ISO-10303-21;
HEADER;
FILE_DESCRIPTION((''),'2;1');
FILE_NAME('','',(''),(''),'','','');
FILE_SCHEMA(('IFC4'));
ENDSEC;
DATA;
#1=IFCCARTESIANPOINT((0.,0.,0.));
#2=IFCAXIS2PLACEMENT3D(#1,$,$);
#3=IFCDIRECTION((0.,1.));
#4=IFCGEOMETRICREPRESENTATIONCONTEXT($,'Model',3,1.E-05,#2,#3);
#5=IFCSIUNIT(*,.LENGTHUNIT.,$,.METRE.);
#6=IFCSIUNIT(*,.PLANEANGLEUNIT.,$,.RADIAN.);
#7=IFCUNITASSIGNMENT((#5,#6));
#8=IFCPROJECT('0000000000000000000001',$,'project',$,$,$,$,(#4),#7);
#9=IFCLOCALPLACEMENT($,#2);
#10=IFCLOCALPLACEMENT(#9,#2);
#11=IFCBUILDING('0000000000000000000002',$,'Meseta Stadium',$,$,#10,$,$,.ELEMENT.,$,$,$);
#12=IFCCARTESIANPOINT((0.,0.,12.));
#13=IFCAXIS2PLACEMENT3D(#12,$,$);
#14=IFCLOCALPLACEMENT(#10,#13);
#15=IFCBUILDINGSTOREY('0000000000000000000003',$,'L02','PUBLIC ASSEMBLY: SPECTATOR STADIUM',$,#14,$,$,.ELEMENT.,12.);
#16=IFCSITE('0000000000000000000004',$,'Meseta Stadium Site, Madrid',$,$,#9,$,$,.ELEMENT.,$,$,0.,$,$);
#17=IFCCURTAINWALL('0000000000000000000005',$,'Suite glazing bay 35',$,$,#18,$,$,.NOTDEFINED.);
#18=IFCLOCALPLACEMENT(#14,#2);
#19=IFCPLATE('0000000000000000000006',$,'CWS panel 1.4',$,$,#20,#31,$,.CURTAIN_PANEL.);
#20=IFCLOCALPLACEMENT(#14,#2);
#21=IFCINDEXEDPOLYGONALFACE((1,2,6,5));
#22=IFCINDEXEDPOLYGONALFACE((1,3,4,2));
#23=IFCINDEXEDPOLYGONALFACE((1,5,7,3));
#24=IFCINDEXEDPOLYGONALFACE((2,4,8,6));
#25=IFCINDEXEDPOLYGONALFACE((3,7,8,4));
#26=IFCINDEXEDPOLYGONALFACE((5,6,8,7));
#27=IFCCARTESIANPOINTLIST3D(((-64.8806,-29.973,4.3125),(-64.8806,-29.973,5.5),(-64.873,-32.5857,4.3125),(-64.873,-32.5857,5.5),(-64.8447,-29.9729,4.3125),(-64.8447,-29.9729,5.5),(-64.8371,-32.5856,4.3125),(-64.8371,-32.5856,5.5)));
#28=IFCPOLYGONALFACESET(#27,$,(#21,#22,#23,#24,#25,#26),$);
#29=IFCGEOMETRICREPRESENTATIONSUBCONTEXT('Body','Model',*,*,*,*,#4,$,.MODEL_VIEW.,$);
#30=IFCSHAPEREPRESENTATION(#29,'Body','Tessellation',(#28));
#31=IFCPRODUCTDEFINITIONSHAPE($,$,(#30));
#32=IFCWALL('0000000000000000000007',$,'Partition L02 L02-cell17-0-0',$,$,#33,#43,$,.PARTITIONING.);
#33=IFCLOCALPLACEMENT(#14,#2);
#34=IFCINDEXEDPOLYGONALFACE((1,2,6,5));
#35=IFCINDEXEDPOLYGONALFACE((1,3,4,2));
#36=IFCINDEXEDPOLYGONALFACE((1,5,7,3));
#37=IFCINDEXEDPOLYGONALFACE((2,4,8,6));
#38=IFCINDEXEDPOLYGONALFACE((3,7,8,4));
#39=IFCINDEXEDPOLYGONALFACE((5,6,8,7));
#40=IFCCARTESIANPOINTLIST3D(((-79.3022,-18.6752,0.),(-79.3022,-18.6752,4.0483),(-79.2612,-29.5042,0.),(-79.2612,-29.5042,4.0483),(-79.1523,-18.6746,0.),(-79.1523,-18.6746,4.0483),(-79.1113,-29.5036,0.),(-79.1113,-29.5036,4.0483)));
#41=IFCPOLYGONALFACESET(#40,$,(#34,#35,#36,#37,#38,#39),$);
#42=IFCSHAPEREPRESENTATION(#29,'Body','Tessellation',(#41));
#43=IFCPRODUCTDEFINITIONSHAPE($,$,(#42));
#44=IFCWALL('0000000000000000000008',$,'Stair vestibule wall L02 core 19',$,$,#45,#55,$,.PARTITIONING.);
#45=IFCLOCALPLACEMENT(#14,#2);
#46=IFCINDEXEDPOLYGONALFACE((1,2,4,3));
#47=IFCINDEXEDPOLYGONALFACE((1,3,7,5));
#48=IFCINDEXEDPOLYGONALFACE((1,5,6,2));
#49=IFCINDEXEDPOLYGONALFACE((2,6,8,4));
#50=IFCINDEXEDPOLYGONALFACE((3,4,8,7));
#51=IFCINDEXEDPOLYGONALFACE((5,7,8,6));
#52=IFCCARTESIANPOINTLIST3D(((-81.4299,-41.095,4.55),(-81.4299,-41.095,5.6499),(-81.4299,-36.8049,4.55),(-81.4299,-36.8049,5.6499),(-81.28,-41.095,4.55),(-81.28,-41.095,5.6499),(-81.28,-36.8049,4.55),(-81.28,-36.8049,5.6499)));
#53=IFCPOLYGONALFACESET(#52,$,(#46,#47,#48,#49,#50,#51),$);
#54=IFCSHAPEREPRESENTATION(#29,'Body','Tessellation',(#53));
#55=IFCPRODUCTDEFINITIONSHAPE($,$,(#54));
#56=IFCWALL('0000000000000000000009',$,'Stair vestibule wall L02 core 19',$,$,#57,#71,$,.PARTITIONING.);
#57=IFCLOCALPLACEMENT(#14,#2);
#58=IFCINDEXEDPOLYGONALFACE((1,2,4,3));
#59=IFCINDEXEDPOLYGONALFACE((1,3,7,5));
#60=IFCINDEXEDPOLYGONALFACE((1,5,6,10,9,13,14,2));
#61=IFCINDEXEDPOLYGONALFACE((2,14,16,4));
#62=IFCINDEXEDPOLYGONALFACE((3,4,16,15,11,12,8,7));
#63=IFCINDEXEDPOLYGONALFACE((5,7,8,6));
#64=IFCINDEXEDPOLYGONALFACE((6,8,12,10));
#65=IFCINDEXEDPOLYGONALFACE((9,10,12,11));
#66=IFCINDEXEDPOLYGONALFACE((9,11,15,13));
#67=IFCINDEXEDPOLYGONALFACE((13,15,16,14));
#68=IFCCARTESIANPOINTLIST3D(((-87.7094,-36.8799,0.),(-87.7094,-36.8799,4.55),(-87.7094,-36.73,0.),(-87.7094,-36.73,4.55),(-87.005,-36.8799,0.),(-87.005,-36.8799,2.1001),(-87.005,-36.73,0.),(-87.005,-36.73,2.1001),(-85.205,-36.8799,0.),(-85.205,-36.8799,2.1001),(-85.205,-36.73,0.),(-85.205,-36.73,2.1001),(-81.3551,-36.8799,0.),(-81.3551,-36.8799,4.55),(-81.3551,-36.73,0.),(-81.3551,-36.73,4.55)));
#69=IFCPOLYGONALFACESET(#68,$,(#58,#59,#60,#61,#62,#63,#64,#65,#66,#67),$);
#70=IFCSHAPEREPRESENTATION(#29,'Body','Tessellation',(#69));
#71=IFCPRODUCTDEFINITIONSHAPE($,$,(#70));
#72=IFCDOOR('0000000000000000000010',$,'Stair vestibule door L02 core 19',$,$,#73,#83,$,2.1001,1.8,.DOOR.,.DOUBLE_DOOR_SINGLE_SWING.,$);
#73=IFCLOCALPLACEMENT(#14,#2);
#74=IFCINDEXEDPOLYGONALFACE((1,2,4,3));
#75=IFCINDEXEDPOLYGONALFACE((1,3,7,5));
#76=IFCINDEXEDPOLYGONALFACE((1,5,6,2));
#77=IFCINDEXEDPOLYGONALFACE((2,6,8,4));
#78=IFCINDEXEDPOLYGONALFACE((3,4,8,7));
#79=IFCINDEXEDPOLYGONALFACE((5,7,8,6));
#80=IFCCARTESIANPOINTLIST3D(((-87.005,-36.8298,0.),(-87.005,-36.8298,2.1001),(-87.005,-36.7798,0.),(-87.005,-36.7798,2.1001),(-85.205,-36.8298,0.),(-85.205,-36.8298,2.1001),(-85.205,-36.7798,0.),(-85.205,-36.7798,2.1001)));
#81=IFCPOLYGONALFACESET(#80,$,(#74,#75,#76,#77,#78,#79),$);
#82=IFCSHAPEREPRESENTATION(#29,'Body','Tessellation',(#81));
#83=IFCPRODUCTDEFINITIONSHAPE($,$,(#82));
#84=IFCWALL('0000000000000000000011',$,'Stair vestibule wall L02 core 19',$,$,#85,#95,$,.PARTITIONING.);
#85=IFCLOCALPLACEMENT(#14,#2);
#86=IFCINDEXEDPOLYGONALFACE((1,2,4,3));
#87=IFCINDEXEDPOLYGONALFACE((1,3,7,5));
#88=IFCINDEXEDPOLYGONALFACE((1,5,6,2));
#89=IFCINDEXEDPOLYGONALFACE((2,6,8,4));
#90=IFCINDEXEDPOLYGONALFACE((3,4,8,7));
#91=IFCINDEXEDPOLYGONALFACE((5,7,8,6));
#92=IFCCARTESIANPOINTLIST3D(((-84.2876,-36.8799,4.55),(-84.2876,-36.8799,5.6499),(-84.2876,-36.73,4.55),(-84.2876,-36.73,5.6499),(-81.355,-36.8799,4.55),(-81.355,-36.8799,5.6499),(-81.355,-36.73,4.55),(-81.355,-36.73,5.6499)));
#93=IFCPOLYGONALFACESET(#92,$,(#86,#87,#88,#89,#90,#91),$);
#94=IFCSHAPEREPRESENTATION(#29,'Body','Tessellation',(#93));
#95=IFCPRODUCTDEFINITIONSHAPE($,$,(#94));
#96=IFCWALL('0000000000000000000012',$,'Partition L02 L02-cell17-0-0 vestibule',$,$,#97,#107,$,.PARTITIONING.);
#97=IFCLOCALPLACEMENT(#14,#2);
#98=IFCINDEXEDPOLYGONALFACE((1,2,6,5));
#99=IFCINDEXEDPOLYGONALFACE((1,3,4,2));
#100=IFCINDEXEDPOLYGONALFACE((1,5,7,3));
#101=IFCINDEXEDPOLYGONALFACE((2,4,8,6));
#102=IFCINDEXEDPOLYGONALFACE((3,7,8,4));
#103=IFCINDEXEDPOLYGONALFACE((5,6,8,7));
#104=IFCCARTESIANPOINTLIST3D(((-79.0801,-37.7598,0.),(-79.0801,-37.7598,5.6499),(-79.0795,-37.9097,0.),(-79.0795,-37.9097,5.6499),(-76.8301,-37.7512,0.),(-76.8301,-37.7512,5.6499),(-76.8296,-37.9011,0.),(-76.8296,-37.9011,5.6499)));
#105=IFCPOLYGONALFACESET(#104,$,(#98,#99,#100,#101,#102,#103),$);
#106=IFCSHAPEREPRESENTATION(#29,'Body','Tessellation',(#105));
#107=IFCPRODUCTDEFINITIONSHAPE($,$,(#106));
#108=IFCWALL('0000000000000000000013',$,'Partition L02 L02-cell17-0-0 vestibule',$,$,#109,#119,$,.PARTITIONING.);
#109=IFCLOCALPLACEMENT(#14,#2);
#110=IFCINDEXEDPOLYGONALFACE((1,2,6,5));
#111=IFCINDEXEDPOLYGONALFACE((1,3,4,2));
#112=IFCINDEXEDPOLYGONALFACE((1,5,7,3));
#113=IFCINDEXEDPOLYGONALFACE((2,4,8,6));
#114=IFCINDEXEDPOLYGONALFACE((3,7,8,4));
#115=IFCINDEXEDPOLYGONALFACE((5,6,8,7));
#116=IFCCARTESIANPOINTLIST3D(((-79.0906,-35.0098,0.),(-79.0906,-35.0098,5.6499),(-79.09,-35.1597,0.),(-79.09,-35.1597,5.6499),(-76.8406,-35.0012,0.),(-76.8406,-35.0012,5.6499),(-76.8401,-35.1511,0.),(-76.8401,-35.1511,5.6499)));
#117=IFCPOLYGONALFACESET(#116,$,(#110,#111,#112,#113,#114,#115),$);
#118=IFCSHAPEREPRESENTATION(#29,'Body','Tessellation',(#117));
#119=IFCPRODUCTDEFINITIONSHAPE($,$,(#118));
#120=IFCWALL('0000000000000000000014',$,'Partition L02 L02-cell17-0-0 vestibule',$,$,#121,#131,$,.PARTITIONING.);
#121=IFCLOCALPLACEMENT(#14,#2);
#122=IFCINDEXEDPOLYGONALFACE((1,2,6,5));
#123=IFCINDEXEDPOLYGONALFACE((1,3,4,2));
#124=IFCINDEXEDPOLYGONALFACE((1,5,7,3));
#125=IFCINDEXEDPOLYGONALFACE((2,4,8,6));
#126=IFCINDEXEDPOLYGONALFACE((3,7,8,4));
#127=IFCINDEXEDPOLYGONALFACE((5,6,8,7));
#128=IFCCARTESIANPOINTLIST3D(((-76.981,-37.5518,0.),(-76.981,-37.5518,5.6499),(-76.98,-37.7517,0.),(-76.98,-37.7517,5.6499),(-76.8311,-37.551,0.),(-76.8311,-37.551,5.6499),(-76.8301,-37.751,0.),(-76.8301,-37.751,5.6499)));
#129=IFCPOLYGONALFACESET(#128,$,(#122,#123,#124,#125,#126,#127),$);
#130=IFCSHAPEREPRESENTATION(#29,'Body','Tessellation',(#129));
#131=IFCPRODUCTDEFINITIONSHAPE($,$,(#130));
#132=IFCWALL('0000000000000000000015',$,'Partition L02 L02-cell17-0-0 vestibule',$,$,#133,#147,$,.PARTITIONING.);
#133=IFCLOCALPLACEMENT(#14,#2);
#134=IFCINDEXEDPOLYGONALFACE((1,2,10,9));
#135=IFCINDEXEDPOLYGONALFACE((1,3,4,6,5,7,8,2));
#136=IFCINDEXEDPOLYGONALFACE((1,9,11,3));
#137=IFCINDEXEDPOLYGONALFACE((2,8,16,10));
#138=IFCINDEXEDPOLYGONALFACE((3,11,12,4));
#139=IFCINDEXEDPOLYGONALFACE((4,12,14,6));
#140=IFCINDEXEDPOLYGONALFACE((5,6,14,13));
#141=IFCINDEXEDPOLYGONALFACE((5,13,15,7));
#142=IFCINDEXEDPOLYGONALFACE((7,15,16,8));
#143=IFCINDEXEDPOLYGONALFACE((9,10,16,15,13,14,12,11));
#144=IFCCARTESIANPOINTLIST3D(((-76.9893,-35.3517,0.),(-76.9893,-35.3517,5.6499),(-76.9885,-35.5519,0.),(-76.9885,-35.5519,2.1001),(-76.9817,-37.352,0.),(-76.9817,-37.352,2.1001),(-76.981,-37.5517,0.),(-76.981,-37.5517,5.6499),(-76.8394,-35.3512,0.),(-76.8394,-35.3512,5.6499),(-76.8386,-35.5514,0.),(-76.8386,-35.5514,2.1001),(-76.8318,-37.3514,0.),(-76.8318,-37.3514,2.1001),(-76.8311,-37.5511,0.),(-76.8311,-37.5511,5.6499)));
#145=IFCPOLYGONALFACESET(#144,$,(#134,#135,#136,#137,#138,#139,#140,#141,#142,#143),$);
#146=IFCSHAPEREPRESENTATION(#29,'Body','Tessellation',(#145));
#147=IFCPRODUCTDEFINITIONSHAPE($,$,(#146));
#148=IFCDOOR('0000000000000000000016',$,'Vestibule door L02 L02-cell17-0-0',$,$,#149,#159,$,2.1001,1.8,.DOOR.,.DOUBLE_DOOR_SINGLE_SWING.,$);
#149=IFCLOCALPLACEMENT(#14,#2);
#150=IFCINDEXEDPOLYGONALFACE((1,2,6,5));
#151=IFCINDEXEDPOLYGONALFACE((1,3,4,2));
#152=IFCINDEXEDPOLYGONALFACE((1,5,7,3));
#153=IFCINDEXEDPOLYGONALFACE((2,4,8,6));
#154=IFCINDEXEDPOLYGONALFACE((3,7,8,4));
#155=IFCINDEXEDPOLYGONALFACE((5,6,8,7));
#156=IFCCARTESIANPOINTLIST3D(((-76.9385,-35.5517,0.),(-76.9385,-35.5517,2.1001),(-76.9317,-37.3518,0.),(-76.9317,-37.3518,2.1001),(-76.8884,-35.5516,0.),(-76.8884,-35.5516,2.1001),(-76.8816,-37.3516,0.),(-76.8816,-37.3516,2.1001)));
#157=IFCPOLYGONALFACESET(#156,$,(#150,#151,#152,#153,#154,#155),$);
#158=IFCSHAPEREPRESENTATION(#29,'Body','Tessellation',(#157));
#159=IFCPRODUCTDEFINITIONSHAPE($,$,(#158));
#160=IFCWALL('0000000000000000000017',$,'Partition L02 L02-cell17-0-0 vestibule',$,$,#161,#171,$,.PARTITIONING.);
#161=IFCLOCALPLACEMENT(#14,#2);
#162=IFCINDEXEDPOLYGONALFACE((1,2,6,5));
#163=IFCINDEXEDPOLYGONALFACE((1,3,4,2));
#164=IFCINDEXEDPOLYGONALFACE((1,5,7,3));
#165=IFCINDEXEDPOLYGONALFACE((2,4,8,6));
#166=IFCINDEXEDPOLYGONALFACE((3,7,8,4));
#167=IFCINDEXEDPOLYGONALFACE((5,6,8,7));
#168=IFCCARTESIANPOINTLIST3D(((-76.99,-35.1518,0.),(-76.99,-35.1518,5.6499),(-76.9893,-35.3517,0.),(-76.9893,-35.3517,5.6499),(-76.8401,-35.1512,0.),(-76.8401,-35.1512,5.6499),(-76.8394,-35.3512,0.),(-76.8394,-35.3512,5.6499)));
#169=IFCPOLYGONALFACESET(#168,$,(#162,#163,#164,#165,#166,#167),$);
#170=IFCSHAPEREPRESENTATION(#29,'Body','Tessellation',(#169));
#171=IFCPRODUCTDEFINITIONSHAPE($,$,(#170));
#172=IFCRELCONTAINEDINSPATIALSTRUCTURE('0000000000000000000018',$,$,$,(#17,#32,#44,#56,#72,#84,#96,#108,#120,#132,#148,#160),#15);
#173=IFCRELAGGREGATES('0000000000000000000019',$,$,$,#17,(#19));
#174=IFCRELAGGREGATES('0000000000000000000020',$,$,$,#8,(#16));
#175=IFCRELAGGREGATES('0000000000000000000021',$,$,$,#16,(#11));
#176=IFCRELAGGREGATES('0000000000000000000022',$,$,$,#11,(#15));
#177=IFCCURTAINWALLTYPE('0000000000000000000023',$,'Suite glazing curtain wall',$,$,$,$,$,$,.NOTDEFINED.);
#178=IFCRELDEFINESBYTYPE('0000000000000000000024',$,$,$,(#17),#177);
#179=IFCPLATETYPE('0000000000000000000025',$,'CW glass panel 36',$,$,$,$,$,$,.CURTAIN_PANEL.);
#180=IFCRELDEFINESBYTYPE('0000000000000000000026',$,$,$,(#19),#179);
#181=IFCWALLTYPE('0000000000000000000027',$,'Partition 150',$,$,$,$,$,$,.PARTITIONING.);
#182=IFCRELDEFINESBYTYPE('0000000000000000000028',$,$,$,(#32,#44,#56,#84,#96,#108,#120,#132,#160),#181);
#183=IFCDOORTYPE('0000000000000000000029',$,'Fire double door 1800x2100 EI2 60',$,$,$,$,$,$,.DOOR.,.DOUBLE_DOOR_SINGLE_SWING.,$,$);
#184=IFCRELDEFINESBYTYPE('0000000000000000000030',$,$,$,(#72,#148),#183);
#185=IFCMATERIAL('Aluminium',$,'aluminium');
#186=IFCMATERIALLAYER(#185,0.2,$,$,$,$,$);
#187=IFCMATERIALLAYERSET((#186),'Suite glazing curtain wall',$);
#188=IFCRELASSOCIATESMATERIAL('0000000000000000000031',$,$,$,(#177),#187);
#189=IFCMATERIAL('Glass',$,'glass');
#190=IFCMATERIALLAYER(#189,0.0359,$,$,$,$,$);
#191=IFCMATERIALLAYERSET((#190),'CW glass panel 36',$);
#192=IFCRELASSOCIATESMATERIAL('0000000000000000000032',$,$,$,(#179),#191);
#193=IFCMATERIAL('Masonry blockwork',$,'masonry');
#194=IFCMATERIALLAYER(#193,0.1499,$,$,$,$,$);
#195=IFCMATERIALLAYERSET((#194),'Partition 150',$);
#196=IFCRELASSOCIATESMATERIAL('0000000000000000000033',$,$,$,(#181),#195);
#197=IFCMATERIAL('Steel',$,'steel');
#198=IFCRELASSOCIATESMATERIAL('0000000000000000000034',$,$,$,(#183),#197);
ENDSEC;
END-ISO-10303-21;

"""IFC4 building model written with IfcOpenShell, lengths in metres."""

from ifc_helpers import new_model, si_unit, direction, frame, frame_2d, origin, origin_2d, place, context, subcontext, project, spatial, rectangle, extrude, material, layer, layer_set, type_object, element, fill, aggregate, save


model = new_model("IFC4")

# Units and contexts
model_context = context("Model", 3, precision=1e-05, world=origin(), true_north=direction((0.0, 1.0)))
body_context = subcontext(model_context, "Body", "Model", "MODEL_VIEW")
ifc_project = project(units=[si_unit("LENGTHUNIT", "METRE"), si_unit("PLANEANGLEUNIT", "RADIAN")], contexts=[model_context])

# Site, building, storey
site_placement = place(None, origin())
site = spatial("IfcSite", under=ifc_project, at=site_placement, Name="Meseta Stadium Site, Madrid", CompositionType="ELEMENT", RefElevation=0.0)
building_placement = place(site_placement, origin())
building = spatial("IfcBuilding", under=site, at=building_placement, Name="Meseta Stadium", CompositionType="ELEMENT")
storey_placement = place(building_placement, frame((0.0, 0.0, 12.0)))
storey = spatial("IfcBuildingStorey", under=building, at=storey_placement, Name="L02", Description="PUBLIC ASSEMBLY: SPECTATOR STADIUM", CompositionType="ELEMENT", Elevation=12.0)

# Shared definitions
ifc_material_1 = material(Name="Aluminium", Category="aluminium")
ifc_layer_1 = layer(ifc_material_1, 0.2)
ifc_layer_set_1 = layer_set([ifc_layer_1], Name="Suite glazing curtain wall")
curtain_wall_type = type_object("IfcCurtainWallType", Name="Suite glazing curtain wall", PredefinedType="NOTDEFINED", material=ifc_layer_set_1)

# Curtain wall
curtain_wall_1_placement = place(storey_placement, origin())
curtain_wall_1 = element("IfcCurtainWall", 1, at=curtain_wall_1_placement, inside=storey, type_object=curtain_wall_type, Name="Suite glazing bay 35", PredefinedType="NOTDEFINED")

# Plate
ifc_material_2 = material(Name="Glass", Category="glass")
ifc_layer_2 = layer(ifc_material_2, 0.0359)
ifc_layer_set_2 = layer_set([ifc_layer_2], Name="CW glass panel 36")
plate_type = type_object("IfcPlateType", Name="CW glass panel 36", PredefinedType="CURTAIN_PANEL", material=ifc_layer_set_2)
plate_1_placement = place(storey_placement, frame((-64.8589, -31.2793, 4.3125), z_axis=(0.0, 0.0, 1.0), x_axis=(0.00291, -0.999996, 0.0)))
plate_1 = element("IfcPlate", 2, at=plate_1_placement, type_object=plate_type, Name="CWS panel 1.4", PredefinedType="CURTAIN_PANEL", context=body_context, shape_type="SweptSolid", body=[
    extrude(rectangle(XDim=2.6128, YDim=0.0359, at=origin_2d()), origin(), (0.0, 0.0, 1.0), 1.1875),
])
aggregate(curtain_wall_1, [plate_1])

# Walls
ifc_material_3 = material(Name="Masonry blockwork", Category="masonry")
ifc_layer_3 = layer(ifc_material_3, 0.1499)
ifc_layer_set_3 = layer_set([ifc_layer_3], Name="Partition 150")
wall_type = type_object("IfcWallType", Name="Partition 150", PredefinedType="PARTITIONING", material=ifc_layer_set_3)
wall_1_placement = place(storey_placement, frame((-79.1863, -29.5039, 0.0), z_axis=(0.0, 0.0, 1.0), x_axis=(-0.003788, 0.999993, 0.0)))
element("IfcWall", 3, at=wall_1_placement, inside=storey, type_object=wall_type, Name="Partition L02 L02-cell17-0-0", PredefinedType="PARTITIONING", context=body_context, shape_type="SweptSolid", body=[
    extrude(rectangle(XDim=10.8291, YDim=0.1499, at=frame_2d((5.4146, 0.0))), origin(), (0.0, 0.0, 1.0), 4.0483),
])
wall_2_placement = place(storey_placement, frame((-81.355, -41.095, 4.55), z_axis=(0.0, 0.0, 1.0), x_axis=(0.0, 1.0, 0.0)))
element("IfcWall", 4, at=wall_2_placement, inside=storey, type_object=wall_type, Name="Stair vestibule wall L02 core 19", PredefinedType="PARTITIONING", context=body_context, shape_type="SweptSolid", body=[
    extrude(rectangle(XDim=4.29, YDim=0.1499, at=frame_2d((2.145, 0.0))), origin(), (0.0, 0.0, 1.0), 1.0999),
])

# Wall, opening, door
wall_3_placement = place(storey_placement, frame((-81.355, -36.8049, 0.0), z_axis=(0.0, 0.0, 1.0), x_axis=(-1.0, 0.0, 0.0)))
wall_3 = element("IfcWall", 5, at=wall_3_placement, inside=storey, type_object=wall_type, Name="Stair vestibule wall L02 core 19", PredefinedType="PARTITIONING", context=body_context, shape_type="SweptSolid", body=[
    extrude(rectangle(XDim=6.3542, YDim=0.1499, at=frame_2d((3.1772, 0.0))), origin(), (0.0, 0.0, 1.0), 4.55),
])
opening_1_placement = place(wall_3_placement, frame((3.8501, 0.0, 0.0)))
opening_1 = element("IfcOpeningElement", 6, at=opening_1_placement, cuts=wall_3, PredefinedType="OPENING", context=body_context, shape_type="SweptSolid", body=[
    extrude(rectangle(XDim=1.8, YDim=2.1001, at=frame_2d((0.8999, 1.05))), frame((0.0, 0.085, 0.0), z_axis=(0.0, -1.0, 0.0), x_axis=(1.0, 0.0, 0.0)), (0.0, 0.0, 1.0), 0.1699),
])
ifc_material_4 = material(Name="Steel", Category="steel")
door_type = type_object("IfcDoorType", Name="Fire double door 1800x2100 EI2 60", OperationType="DOUBLE_DOOR_SINGLE_SWING", PredefinedType="DOOR", material=ifc_material_4)
door_1_placement = place(opening_1_placement, origin())
door_1 = element("IfcDoor", 7, at=door_1_placement, inside=storey, type_object=door_type, Name="Stair vestibule door L02 core 19", OperationType="DOUBLE_DOOR_SINGLE_SWING", OverallHeight=2.1001, OverallWidth=1.8, PredefinedType="DOOR", context=body_context, shape_type="SweptSolid", body=[
    extrude(rectangle(XDim=1.8, YDim=2.1001, at=frame_2d((0.8999, 1.05))), frame((0.0, 0.0249, 0.0), z_axis=(0.0, -1.0, 0.0), x_axis=(1.0, 0.0, 0.0)), (0.0, 0.0, 1.0), 0.05),
])
fill(opening_1, door_1)

# Walls
wall_4_placement = place(storey_placement, frame((-81.355, -36.8049, 4.55), z_axis=(0.0, 0.0, 1.0), x_axis=(-1.0, 0.0, 0.0)))
element("IfcWall", 8, at=wall_4_placement, inside=storey, type_object=wall_type, Name="Stair vestibule wall L02 core 19", PredefinedType="PARTITIONING", context=body_context, shape_type="SweptSolid", body=[
    extrude(rectangle(XDim=2.9326, YDim=0.1499, at=frame_2d((1.4663, 0.0))), origin(), (0.0, 0.0, 1.0), 1.0999),
])
for number, where, z_axis, x_axis, name in (
    (9, (-79.0798, -37.8347, 0.0), (0.0, 0.0, 1.0), (0.999993, 0.003798, 0.0), "Partition L02 L02-cell17-0-0 vestibule"),
    (10, (-79.0903, -35.0847, 0.0), (0.0, 0.0, 1.0), (0.999993, 0.003798, 0.0), "Partition L02 L02-cell17-0-0 vestibule"),
):
    element("IfcWall", number, at=place(storey_placement, frame(where, z_axis=z_axis, x_axis=x_axis)), inside=storey, type_object=wall_type, Name=name, PredefinedType="PARTITIONING", context=body_context, shape_type="SweptSolid", body=[
        extrude(rectangle(XDim=2.25, YDim=0.1499, at=frame_2d((1.125, 0.0))), origin(), (0.0, 0.0, 1.0), 5.6499),
    ])
wall_5_placement = place(storey_placement, frame((-76.905, -37.7515, 0.0), z_axis=(0.0, 0.0, 1.0), x_axis=(-0.004884, 0.999988, 0.0)))
element("IfcWall", 11, at=wall_5_placement, inside=storey, type_object=wall_type, Name="Partition L02 L02-cell17-0-0 vestibule", PredefinedType="PARTITIONING", context=body_context, shape_type="SweptSolid", body=[
    extrude(rectangle(XDim=0.2, YDim=0.1499, at=frame_2d((0.1001, 0.0))), origin(), (0.0, 0.0, 1.0), 5.6499),
])

# Wall, opening, door
wall_6_placement = place(storey_placement, frame((-76.906, -37.5515, 0.0), z_axis=(0.0, 0.0, 1.0), x_axis=(-0.003773, 0.999993, 0.0)))
wall_6 = element("IfcWall", 12, at=wall_6_placement, inside=storey, type_object=wall_type, Name="Partition L02 L02-cell17-0-0 vestibule", PredefinedType="PARTITIONING", context=body_context, shape_type="SweptSolid", body=[
    extrude(rectangle(XDim=2.2, YDim=0.1499, at=frame_2d((1.1001, 0.0))), origin(), (0.0, 0.0, 1.0), 5.6499),
])
opening_2_placement = place(wall_6_placement, frame((0.2, 0.0, 0.0)))
opening_2 = element("IfcOpeningElement", 13, at=opening_2_placement, cuts=wall_6, PredefinedType="OPENING", context=body_context, shape_type="SweptSolid", body=[
    extrude(rectangle(XDim=1.8, YDim=2.1001, at=frame_2d((0.8999, 1.05))), frame((0.0, 0.085, 0.0), z_axis=(0.0, -1.0, 0.0), x_axis=(1.0, 0.0, 0.0)), (0.0, 0.0, 1.0), 0.1699),
])
door_2_placement = place(opening_2_placement, origin())
door_2 = element("IfcDoor", 14, at=door_2_placement, inside=storey, type_object=door_type, Name="Vestibule door L02 L02-cell17-0-0", OperationType="DOUBLE_DOOR_SINGLE_SWING", OverallHeight=2.1001, OverallWidth=1.8, PredefinedType="DOOR", context=body_context, shape_type="SweptSolid", body=[
    extrude(rectangle(XDim=1.8, YDim=2.1001, at=frame_2d((0.8999, 1.05))), frame((0.0, 0.0249, 0.0), z_axis=(0.0, -1.0, 0.0), x_axis=(1.0, 0.0, 0.0)), (0.0, 0.0, 1.0), 0.05),
])
fill(opening_2, door_2)

# Wall
wall_7_placement = place(storey_placement, frame((-76.9143, -35.3516, 0.0), z_axis=(0.0, 0.0, 1.0), x_axis=(-0.003663, 0.999993, 0.0)))
element("IfcWall", 15, at=wall_7_placement, inside=storey, type_object=wall_type, Name="Partition L02 L02-cell17-0-0 vestibule", PredefinedType="PARTITIONING", context=body_context, shape_type="SweptSolid", body=[
    extrude(rectangle(XDim=0.2, YDim=0.1499, at=frame_2d((0.1001, 0.0))), origin(), (0.0, 0.0, 1.0), 5.6499),
])

save(model, "model.ifc")
